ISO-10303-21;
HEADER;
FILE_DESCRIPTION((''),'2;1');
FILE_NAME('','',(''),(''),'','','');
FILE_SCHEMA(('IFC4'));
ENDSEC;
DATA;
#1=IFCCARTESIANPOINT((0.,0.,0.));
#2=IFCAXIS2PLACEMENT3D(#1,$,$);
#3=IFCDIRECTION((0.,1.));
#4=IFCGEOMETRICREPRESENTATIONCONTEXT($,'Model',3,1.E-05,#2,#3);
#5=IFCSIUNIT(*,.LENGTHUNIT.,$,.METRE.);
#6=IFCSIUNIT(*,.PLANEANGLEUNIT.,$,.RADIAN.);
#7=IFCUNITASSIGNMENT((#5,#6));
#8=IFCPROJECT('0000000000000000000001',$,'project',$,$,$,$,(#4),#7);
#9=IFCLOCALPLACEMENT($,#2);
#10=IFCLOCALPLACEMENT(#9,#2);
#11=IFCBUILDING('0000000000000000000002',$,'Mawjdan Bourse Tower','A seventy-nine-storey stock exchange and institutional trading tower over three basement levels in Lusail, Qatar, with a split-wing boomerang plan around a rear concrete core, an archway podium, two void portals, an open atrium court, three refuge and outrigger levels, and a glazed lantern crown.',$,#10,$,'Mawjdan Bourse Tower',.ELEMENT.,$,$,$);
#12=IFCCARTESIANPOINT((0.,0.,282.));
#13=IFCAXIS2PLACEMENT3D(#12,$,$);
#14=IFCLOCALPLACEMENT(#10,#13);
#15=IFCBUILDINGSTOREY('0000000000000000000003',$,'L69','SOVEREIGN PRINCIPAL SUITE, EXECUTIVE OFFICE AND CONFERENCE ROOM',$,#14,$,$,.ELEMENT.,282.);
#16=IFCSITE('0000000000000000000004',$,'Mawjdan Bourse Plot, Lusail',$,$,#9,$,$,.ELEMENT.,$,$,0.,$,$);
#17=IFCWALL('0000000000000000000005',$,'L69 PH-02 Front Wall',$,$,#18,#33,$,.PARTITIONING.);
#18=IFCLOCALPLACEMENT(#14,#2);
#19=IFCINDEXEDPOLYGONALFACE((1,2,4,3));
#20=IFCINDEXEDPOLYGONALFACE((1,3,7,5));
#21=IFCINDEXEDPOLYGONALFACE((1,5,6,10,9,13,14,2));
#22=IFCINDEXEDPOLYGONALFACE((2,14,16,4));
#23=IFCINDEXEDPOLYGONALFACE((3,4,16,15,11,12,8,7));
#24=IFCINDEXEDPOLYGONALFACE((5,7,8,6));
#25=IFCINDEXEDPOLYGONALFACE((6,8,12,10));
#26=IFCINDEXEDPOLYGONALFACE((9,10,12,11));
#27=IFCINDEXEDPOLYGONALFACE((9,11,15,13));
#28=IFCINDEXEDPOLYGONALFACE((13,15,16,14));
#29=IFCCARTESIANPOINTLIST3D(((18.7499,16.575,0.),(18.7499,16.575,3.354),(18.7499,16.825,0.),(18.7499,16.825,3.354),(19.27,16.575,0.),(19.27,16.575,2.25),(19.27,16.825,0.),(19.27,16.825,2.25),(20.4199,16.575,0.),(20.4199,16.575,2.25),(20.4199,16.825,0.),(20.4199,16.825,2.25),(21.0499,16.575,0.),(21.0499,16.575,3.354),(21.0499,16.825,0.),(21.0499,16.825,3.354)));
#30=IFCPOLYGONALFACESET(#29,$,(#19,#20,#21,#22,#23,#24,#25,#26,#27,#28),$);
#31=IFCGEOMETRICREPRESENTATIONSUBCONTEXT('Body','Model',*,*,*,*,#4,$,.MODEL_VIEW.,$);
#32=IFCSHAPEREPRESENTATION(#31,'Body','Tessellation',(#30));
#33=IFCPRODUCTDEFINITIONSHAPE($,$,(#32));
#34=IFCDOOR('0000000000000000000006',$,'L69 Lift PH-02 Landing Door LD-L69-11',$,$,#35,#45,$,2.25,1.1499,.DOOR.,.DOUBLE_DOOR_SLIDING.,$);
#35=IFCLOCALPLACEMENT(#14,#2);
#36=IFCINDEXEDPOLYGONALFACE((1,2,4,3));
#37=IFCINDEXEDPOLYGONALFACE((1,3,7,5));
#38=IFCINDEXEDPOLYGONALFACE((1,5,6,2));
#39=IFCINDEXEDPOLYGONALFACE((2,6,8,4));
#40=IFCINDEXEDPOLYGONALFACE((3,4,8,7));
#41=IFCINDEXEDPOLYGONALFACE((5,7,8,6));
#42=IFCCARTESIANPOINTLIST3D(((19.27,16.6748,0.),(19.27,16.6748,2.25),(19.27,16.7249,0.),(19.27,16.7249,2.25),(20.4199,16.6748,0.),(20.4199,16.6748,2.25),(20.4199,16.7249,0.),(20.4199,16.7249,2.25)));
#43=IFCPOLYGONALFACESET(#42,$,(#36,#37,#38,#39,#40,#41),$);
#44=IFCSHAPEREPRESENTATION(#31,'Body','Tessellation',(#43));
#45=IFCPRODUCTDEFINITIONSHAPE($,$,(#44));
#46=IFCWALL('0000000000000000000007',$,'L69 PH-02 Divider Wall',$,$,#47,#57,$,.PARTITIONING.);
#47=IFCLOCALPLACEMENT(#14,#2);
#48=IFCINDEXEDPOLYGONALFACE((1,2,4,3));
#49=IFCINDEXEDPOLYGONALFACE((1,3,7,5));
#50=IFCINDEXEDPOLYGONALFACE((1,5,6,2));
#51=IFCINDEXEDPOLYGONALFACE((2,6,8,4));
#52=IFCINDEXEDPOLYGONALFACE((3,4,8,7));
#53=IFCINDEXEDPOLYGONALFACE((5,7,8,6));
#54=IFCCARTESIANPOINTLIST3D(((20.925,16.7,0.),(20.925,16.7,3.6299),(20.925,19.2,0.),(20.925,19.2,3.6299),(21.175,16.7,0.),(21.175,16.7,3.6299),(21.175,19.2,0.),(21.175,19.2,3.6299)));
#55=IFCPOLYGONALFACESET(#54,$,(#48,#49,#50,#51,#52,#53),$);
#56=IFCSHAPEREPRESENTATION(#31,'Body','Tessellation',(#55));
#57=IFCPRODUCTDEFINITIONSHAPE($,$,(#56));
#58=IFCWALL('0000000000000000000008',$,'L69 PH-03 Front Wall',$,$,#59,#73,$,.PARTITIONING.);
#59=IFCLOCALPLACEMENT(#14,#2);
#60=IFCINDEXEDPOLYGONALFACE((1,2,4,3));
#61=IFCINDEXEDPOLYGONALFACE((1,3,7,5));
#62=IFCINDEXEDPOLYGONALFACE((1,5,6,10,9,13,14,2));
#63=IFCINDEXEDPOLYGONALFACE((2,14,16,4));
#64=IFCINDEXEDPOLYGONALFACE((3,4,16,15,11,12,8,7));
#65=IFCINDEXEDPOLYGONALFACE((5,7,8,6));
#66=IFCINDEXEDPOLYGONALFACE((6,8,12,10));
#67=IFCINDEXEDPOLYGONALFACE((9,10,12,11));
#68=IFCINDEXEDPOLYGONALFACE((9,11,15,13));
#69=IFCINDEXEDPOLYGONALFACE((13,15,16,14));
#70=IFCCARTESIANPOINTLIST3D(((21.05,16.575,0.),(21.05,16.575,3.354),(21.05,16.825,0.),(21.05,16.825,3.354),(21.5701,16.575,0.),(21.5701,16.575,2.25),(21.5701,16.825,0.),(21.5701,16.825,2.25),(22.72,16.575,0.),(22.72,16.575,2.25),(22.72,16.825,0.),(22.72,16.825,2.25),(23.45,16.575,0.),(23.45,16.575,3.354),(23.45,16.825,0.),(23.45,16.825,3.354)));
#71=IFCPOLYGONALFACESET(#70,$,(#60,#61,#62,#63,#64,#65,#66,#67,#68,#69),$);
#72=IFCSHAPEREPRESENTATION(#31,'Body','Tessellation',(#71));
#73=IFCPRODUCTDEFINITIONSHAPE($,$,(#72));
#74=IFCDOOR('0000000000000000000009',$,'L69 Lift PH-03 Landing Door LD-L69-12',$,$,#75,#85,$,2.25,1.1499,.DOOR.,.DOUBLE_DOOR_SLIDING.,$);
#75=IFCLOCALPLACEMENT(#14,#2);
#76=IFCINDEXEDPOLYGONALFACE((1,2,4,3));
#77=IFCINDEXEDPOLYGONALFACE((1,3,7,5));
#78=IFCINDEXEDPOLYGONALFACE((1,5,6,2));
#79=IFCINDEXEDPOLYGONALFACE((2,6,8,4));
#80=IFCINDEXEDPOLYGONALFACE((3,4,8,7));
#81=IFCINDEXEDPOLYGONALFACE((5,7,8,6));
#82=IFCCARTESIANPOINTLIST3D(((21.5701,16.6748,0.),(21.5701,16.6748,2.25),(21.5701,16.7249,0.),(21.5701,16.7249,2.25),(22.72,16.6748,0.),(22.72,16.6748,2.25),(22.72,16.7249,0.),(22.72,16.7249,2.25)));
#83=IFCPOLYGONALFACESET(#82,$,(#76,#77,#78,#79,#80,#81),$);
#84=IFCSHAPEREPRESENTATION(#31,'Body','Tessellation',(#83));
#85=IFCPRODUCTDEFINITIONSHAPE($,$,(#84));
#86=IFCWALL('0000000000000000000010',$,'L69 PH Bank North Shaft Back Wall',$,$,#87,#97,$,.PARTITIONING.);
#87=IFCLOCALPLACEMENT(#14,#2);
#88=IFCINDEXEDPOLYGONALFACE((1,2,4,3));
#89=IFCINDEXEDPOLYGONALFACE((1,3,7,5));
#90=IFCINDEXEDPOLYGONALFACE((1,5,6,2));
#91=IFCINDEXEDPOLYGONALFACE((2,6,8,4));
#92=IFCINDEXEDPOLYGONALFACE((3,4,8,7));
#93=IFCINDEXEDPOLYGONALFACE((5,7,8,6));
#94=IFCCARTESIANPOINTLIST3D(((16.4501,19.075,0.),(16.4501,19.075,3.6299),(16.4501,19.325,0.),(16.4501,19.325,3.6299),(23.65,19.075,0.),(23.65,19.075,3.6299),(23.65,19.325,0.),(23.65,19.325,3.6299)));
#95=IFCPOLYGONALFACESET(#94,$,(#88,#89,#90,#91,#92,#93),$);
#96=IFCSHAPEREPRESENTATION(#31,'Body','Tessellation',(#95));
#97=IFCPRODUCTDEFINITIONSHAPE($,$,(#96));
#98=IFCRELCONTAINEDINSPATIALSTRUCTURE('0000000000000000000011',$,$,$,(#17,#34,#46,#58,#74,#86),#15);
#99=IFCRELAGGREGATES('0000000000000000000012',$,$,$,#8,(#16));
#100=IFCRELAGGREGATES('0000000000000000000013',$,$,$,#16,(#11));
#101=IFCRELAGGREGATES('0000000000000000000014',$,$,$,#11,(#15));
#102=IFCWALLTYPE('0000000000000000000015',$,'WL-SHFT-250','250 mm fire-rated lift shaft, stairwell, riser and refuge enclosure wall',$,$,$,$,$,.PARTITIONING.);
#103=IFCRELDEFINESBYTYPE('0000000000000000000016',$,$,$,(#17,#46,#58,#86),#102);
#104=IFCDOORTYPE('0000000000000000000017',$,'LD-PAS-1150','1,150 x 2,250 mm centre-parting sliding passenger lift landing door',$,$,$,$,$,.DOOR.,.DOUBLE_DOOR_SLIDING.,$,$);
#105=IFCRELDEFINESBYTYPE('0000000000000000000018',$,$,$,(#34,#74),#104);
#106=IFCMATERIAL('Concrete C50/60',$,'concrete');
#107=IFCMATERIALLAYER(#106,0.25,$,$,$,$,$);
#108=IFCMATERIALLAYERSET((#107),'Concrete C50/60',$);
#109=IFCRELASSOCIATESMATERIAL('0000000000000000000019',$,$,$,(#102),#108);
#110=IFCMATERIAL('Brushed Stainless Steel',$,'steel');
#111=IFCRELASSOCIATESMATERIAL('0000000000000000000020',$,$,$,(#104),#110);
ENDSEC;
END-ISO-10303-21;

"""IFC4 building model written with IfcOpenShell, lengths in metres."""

from ifc_helpers import new_model, si_unit, direction, frame, frame_2d, origin, place, context, subcontext, project, spatial, rectangle, extrude, material, layer, layer_set, type_object, element, fill, save


model = new_model("IFC4")

# Units and contexts
model_context = context("Model", 3, precision=1e-05, world=origin(), true_north=direction((0.0, 1.0)))
body_context = subcontext(model_context, "Body", "Model", "MODEL_VIEW")
ifc_project = project(units=[si_unit("LENGTHUNIT", "METRE"), si_unit("PLANEANGLEUNIT", "RADIAN")], contexts=[model_context])

# Site, building, storey
site_placement = place(None, origin())
site = spatial("IfcSite", under=ifc_project, at=site_placement, Name="Mawjdan Bourse Plot, Lusail", CompositionType="ELEMENT", RefElevation=0.0)
building_placement = place(site_placement, origin())
building = spatial("IfcBuilding", under=site, at=building_placement, Name="Mawjdan Bourse Tower", Description="A seventy-nine-storey stock exchange and institutional trading tower over three basement levels in Lusail, Qatar, with a split-wing boomerang plan around a rear concrete core, an archway podium, two void portals, an open atrium court, three refuge and outrigger levels, and a glazed lantern crown.", LongName="Mawjdan Bourse Tower", CompositionType="ELEMENT")
storey_placement = place(building_placement, frame((0.0, 0.0, 282.0)))
storey = spatial("IfcBuildingStorey", under=building, at=storey_placement, Name="L69", Description="SOVEREIGN PRINCIPAL SUITE, EXECUTIVE OFFICE AND CONFERENCE ROOM", CompositionType="ELEMENT", Elevation=282.0)

# Shared definitions
ifc_material_1 = material(Name="Concrete C50/60", Category="concrete")
ifc_layer_1 = layer(ifc_material_1, 0.25)
ifc_layer_set_1 = layer_set([ifc_layer_1], Name="Concrete C50/60")
wall_type_1 = type_object("IfcWallType", Name="WL-SHFT-250", Description="250 mm fire-rated lift shaft, stairwell, riser and refuge enclosure wall", PredefinedType="PARTITIONING", material=ifc_layer_set_1)

# Shared definitions
ifc_material_2 = material(Name="Brushed Stainless Steel", Category="steel")
door_type_1 = type_object("IfcDoorType", Name="LD-PAS-1150", Description="1,150 x 2,250 mm centre-parting sliding passenger lift landing door", OperationType="DOUBLE_DOOR_SLIDING", PredefinedType="DOOR", material=ifc_material_2)

# Wall, opening, door
wall_1_placement = place(storey_placement, frame((18.75, 16.7, 0.0), z_axis=(0.0, 0.0, 1.0), x_axis=(1.0, 0.0, 0.0)))
wall_1 = element("IfcWall", 1, at=wall_1_placement, inside=storey, type_object=wall_type_1, Name="L69 PH-02 Front Wall", PredefinedType="PARTITIONING", context=body_context, shape_type="SweptSolid", body=[
    extrude(rectangle(XDim=2.3, YDim=0.25, at=frame_2d((1.1499, 0.0))), origin(), (0.0, 0.0, 1.0), 3.354),
])
opening_1_placement = place(wall_1_placement, frame((0.52, 0.0, 0.0)))
opening_1 = element("IfcOpeningElement", 2, at=opening_1_placement, cuts=wall_1, PredefinedType="OPENING", context=body_context, shape_type="SweptSolid", body=[
    extrude(rectangle(XDim=1.1499, YDim=2.25, at=frame_2d((0.575, 1.125))), frame((0.0, 0.135, 0.0), z_axis=(0.0, -1.0, 0.0), x_axis=(1.0, 0.0, 0.0)), (0.0, 0.0, 1.0), 0.27),
])
door_1_placement = place(opening_1_placement, origin())
door_1 = element("IfcDoor", 3, at=door_1_placement, inside=storey, type_object=door_type_1, Name="L69 Lift PH-02 Landing Door LD-L69-11", OperationType="DOUBLE_DOOR_SLIDING", OverallHeight=2.25, OverallWidth=1.1499, PredefinedType="DOOR", context=body_context, shape_type="SweptSolid", body=[
    extrude(rectangle(XDim=1.1499, YDim=2.25, at=frame_2d((0.575, 1.125))), frame((0.0, 0.0249, 0.0), z_axis=(0.0, -1.0, 0.0), x_axis=(1.0, 0.0, 0.0)), (0.0, 0.0, 1.0), 0.05),
])
fill(opening_1, door_1)

# Wall
wall_2_placement = place(storey_placement, frame((21.05, 16.7, 0.0), z_axis=(0.0, 0.0, 1.0), x_axis=(0.0, 1.0, 0.0)))
element("IfcWall", 4, at=wall_2_placement, inside=storey, type_object=wall_type_1, Name="L69 PH-02 Divider Wall", PredefinedType="PARTITIONING", context=body_context, shape_type="SweptSolid", body=[
    extrude(rectangle(XDim=2.5, YDim=0.25, at=frame_2d((1.25, 0.0))), origin(), (0.0, 0.0, 1.0), 3.6299),
])

# Wall, opening, door
wall_3_placement = place(storey_placement, frame((21.05, 16.7, 0.0), z_axis=(0.0, 0.0, 1.0), x_axis=(1.0, 0.0, 0.0)))
wall_3 = element("IfcWall", 5, at=wall_3_placement, inside=storey, type_object=wall_type_1, Name="L69 PH-03 Front Wall", PredefinedType="PARTITIONING", context=body_context, shape_type="SweptSolid", body=[
    extrude(rectangle(XDim=2.3999, YDim=0.25, at=frame_2d((1.2, 0.0))), origin(), (0.0, 0.0, 1.0), 3.354),
])
opening_2_placement = place(wall_3_placement, frame((0.52, 0.0, 0.0)))
opening_2 = element("IfcOpeningElement", 6, at=opening_2_placement, cuts=wall_3, PredefinedType="OPENING", context=body_context, shape_type="SweptSolid", body=[
    extrude(rectangle(XDim=1.1499, YDim=2.25, at=frame_2d((0.575, 1.125))), frame((0.0, 0.135, 0.0), z_axis=(0.0, -1.0, 0.0), x_axis=(1.0, 0.0, 0.0)), (0.0, 0.0, 1.0), 0.27),
])
door_2_placement = place(opening_2_placement, origin())
door_2 = element("IfcDoor", 7, at=door_2_placement, inside=storey, type_object=door_type_1, Name="L69 Lift PH-03 Landing Door LD-L69-12", OperationType="DOUBLE_DOOR_SLIDING", OverallHeight=2.25, OverallWidth=1.1499, PredefinedType="DOOR", context=body_context, shape_type="SweptSolid", body=[
    extrude(rectangle(XDim=1.1499, YDim=2.25, at=frame_2d((0.575, 1.125))), frame((0.0, 0.0249, 0.0), z_axis=(0.0, -1.0, 0.0), x_axis=(1.0, 0.0, 0.0)), (0.0, 0.0, 1.0), 0.05),
])
fill(opening_2, door_2)

# Wall
wall_4_placement = place(storey_placement, frame((16.45, 19.2, 0.0), z_axis=(0.0, 0.0, 1.0), x_axis=(1.0, 0.0, 0.0)))
element("IfcWall", 8, at=wall_4_placement, inside=storey, type_object=wall_type_1, Name="L69 PH Bank North Shaft Back Wall", PredefinedType="PARTITIONING", context=body_context, shape_type="SweptSolid", body=[
    extrude(rectangle(XDim=7.2, YDim=0.25, at=frame_2d((3.6001, 0.0))), origin(), (0.0, 0.0, 1.0), 3.6299),
])

save(model, "model.ifc")
